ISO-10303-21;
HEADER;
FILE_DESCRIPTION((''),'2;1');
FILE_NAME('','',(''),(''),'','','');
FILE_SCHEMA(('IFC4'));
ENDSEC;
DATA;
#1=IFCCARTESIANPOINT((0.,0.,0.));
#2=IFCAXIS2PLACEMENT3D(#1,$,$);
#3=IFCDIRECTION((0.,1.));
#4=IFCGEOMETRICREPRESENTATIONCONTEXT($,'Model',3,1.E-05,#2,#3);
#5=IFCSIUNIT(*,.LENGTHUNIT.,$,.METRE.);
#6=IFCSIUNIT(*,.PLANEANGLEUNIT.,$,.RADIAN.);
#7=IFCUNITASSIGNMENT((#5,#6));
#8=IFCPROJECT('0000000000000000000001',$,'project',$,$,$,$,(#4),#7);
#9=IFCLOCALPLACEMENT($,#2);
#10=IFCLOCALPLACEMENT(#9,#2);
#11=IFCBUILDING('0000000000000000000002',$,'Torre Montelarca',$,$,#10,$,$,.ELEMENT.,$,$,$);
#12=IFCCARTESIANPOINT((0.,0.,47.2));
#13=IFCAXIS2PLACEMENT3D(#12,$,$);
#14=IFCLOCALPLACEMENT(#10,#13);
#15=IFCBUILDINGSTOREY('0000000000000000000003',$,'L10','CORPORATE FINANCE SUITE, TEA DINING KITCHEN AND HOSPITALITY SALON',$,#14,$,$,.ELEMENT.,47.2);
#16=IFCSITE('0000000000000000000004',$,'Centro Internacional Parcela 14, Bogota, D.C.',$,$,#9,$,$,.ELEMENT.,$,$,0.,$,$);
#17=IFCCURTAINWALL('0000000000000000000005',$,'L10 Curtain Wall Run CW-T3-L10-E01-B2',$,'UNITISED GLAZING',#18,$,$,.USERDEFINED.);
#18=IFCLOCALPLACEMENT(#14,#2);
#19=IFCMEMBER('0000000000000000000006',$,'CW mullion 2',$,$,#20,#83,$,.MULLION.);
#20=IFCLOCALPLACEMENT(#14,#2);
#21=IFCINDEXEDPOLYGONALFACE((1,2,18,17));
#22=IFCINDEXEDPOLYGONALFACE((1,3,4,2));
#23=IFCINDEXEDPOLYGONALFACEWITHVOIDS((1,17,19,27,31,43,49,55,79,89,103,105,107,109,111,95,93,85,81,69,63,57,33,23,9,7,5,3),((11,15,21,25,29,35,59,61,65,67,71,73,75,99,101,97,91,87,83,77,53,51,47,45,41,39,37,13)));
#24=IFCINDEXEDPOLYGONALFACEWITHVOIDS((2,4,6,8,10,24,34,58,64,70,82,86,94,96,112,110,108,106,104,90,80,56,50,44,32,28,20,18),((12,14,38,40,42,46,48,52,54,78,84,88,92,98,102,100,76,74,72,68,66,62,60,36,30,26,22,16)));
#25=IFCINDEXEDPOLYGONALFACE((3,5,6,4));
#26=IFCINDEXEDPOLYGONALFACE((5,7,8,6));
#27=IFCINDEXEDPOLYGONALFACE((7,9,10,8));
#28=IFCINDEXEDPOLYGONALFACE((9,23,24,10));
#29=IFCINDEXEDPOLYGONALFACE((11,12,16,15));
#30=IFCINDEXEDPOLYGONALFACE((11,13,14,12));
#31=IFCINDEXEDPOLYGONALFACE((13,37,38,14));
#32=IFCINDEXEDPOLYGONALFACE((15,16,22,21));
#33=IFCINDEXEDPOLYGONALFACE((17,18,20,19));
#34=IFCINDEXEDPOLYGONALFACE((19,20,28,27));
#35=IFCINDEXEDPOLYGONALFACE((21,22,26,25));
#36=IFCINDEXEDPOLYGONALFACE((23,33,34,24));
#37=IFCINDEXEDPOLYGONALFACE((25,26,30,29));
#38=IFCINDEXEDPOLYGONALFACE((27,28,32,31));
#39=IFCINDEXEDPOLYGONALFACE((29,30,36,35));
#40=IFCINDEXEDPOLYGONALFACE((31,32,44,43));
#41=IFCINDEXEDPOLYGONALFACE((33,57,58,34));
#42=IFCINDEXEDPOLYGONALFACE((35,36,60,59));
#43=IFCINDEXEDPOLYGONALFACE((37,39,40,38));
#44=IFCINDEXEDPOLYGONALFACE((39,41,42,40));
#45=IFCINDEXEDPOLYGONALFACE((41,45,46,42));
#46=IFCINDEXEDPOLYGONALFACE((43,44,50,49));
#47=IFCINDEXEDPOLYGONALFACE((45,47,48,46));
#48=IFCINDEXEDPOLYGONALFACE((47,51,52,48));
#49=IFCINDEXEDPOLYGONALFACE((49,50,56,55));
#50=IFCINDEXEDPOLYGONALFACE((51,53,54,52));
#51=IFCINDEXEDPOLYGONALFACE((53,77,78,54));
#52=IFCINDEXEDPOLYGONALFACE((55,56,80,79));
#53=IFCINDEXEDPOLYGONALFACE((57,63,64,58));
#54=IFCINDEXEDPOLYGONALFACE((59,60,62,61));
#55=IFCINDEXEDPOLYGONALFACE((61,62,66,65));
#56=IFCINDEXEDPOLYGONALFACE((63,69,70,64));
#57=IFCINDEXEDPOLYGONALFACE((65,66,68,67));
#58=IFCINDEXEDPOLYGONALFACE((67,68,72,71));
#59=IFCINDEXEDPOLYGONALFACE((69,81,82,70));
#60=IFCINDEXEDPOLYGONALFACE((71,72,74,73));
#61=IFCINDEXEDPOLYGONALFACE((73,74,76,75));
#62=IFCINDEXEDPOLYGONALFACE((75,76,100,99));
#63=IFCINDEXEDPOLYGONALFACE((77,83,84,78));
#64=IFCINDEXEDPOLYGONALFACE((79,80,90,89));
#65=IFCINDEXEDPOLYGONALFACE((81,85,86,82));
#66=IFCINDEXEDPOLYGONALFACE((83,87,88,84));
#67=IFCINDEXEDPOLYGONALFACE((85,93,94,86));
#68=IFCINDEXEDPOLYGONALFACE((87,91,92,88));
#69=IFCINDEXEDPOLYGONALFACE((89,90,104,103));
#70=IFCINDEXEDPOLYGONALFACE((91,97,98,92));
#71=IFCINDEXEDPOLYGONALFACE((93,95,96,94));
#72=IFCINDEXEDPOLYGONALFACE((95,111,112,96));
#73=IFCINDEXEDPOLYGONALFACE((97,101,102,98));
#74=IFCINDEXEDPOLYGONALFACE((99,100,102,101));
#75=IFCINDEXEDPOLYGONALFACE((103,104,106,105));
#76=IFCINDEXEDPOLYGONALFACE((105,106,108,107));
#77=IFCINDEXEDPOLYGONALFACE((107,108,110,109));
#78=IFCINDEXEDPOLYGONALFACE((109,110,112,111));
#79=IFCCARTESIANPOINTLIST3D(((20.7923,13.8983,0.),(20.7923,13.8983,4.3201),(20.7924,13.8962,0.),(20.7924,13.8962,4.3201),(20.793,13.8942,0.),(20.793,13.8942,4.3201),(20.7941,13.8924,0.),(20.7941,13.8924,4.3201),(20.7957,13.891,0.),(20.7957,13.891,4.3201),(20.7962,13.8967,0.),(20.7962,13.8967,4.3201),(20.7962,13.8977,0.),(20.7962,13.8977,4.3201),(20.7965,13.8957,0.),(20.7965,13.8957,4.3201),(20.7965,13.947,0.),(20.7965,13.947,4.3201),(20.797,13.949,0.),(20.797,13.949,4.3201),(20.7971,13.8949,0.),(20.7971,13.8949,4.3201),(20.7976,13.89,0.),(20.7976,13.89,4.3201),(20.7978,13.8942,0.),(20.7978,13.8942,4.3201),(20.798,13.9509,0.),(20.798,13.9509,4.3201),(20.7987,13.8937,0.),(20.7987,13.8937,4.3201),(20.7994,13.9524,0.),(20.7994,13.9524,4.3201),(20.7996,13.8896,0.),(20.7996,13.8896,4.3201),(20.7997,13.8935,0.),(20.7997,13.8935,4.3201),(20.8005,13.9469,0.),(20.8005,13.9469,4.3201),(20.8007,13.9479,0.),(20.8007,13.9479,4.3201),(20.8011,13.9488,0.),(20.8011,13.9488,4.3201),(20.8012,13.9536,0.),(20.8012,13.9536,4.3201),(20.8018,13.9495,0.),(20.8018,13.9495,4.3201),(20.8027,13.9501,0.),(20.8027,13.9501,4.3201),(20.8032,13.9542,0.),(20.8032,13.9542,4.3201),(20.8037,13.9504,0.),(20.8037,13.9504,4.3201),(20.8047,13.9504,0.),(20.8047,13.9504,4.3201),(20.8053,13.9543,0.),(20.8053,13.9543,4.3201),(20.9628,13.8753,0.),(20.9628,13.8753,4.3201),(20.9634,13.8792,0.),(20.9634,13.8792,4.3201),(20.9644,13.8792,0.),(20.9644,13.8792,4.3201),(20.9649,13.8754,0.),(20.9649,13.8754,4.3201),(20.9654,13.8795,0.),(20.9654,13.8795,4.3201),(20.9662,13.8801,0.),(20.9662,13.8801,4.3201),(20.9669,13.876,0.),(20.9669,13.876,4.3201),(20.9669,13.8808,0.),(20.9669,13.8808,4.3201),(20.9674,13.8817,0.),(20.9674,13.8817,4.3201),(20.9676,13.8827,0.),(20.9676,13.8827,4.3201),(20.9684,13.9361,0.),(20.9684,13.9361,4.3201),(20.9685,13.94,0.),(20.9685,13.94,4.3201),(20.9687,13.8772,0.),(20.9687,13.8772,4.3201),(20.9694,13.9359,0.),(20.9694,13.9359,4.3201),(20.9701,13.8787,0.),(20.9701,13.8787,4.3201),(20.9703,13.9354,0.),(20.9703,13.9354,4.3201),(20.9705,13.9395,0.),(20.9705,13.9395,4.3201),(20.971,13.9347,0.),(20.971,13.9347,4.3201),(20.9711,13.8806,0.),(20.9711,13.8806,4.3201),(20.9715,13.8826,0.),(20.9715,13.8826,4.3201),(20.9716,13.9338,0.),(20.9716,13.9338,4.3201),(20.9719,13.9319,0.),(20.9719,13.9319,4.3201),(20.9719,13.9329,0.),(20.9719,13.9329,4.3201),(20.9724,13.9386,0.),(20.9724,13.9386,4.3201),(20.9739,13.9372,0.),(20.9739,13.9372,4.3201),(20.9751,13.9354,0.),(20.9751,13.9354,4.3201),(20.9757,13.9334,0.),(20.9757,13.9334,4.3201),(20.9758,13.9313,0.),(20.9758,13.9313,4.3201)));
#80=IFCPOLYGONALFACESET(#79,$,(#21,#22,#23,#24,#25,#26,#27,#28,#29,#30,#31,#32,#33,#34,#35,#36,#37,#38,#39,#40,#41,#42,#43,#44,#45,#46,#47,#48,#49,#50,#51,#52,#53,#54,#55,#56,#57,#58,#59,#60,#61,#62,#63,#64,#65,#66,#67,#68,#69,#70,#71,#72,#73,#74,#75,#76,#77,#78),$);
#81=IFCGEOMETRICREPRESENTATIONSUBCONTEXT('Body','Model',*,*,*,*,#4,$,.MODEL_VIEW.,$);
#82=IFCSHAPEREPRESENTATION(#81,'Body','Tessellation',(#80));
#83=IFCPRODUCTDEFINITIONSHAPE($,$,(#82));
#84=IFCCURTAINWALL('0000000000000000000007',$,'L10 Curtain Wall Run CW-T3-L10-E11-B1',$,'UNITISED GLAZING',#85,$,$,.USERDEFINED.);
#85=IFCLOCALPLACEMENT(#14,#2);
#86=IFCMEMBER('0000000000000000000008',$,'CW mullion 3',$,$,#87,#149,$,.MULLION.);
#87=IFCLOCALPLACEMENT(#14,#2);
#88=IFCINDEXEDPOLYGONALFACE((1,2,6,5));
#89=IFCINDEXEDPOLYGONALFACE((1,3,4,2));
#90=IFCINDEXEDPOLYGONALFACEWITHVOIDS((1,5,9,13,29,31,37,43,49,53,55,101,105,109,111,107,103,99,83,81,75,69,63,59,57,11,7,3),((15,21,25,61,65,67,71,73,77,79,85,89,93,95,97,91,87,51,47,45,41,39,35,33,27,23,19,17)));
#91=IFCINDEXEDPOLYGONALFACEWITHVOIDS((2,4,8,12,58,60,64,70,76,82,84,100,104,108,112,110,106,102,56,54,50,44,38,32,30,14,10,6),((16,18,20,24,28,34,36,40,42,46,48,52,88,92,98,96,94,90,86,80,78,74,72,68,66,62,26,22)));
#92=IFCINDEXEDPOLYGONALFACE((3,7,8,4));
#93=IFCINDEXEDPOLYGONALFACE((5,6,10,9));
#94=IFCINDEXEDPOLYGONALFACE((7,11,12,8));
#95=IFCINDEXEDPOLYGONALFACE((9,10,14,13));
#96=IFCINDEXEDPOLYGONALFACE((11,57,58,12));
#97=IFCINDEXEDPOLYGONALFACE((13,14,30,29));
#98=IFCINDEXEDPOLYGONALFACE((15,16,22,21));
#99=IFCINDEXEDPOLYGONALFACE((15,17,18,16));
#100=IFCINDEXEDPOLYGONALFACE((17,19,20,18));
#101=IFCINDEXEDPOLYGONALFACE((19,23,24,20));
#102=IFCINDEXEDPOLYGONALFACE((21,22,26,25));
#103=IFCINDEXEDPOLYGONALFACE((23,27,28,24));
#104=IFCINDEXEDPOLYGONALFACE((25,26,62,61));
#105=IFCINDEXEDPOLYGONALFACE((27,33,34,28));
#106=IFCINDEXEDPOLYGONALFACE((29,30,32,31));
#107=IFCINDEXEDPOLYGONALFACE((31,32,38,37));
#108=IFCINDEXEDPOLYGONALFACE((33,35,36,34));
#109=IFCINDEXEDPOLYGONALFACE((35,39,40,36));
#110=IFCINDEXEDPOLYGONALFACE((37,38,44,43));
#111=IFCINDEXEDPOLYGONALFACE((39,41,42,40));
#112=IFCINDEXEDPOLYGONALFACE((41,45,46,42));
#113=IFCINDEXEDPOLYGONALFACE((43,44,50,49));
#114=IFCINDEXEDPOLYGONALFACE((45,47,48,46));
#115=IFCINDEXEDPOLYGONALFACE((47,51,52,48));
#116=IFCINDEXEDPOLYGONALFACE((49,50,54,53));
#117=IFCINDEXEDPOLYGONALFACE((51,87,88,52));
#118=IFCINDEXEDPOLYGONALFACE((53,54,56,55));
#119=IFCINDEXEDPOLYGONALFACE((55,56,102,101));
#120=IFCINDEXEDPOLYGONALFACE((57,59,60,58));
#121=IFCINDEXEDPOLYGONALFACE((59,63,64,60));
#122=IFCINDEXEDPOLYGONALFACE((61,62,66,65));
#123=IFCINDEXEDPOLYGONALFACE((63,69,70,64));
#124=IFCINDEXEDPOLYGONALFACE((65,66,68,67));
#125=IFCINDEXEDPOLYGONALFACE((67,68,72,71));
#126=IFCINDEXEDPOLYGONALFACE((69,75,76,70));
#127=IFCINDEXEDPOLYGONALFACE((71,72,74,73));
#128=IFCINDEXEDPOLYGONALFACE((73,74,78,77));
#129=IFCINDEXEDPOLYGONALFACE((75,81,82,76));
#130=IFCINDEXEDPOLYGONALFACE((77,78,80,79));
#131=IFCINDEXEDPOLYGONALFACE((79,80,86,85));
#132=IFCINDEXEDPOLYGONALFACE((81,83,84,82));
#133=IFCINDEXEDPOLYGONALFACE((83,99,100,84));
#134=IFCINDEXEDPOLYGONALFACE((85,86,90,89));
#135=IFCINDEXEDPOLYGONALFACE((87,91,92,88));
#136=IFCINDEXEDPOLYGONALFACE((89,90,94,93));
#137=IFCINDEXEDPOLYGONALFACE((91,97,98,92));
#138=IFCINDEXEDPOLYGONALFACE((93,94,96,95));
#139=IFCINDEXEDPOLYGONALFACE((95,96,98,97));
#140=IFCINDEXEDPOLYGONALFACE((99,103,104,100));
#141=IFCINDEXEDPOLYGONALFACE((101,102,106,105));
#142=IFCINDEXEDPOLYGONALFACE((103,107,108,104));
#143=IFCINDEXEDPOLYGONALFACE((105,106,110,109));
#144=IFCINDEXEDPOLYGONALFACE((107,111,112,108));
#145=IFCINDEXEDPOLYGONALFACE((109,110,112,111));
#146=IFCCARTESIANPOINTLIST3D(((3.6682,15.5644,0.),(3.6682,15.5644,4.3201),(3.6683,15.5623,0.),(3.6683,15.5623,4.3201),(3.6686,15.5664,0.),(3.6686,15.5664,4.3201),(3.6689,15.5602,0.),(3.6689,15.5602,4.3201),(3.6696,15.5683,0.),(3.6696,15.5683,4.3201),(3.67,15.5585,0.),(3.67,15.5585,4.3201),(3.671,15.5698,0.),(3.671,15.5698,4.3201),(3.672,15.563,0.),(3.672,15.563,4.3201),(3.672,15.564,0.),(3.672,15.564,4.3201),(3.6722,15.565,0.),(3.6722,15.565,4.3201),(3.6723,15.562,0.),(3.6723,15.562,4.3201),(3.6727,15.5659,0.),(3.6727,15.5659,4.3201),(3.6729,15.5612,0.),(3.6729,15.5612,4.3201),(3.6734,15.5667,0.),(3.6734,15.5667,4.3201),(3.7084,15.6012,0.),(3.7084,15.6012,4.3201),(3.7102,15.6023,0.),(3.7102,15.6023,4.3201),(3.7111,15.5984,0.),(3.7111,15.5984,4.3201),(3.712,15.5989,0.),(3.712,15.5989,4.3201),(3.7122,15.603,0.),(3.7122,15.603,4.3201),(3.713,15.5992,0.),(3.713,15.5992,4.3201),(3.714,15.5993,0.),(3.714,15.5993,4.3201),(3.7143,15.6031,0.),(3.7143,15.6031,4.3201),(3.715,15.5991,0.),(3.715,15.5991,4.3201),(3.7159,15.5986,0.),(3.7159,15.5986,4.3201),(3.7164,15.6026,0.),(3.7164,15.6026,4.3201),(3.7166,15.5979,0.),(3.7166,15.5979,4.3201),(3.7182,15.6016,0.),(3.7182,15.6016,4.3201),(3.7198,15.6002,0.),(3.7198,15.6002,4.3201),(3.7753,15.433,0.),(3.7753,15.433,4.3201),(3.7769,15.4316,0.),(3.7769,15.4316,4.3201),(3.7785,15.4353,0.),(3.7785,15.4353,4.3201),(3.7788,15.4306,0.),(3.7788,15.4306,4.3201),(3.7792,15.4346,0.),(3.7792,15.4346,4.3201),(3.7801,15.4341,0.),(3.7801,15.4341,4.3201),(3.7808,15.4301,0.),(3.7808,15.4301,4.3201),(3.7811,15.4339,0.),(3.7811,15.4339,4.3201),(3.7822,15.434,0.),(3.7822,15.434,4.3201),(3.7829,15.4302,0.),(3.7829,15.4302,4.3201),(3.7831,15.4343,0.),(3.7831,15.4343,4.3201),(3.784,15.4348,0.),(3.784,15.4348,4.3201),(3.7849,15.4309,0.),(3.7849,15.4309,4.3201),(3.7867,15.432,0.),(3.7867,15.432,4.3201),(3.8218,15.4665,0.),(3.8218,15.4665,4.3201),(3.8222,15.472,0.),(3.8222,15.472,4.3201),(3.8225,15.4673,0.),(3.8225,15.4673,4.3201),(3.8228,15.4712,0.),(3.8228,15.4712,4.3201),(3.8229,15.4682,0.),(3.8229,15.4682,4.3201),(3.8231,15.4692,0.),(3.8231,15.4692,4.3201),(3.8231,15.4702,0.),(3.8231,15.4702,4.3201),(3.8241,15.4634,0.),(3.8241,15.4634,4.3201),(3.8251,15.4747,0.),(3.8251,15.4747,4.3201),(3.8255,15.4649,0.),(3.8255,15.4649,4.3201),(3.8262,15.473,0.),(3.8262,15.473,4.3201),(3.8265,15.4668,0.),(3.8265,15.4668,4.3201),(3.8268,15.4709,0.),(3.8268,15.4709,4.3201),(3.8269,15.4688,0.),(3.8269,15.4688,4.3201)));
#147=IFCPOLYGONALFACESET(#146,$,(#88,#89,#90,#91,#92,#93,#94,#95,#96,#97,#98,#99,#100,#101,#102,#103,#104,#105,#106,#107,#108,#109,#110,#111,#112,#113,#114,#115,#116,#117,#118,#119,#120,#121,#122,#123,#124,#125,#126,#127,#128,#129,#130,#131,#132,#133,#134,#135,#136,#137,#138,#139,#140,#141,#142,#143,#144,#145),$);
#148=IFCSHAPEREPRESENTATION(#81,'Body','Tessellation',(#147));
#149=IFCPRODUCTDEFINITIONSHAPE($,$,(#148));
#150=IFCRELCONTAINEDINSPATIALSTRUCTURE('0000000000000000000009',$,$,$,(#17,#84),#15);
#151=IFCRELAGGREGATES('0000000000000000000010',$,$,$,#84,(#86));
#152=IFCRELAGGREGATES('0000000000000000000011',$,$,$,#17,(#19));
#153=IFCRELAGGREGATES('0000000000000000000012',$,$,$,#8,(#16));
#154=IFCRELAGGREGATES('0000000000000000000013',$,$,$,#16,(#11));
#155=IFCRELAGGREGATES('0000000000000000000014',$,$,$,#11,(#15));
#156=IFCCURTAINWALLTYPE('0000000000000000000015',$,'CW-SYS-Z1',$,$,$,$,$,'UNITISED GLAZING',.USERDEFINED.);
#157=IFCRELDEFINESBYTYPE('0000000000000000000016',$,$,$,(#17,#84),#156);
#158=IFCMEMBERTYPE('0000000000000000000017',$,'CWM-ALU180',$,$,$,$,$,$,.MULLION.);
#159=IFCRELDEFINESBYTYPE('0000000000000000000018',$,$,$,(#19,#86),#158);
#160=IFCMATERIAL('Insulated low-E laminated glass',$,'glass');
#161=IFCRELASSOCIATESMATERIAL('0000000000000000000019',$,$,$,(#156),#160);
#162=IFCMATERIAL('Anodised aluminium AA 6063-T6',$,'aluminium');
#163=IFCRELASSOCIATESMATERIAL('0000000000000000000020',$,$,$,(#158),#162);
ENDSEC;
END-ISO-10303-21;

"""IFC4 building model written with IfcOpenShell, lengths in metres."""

from ifc_helpers import new_model, si_unit, direction, frame, origin, origin_2d, place, context, subcontext, project, spatial, hollow_rectangle, extrude, source, transform, mapped, material, material_profile, profile_set, type_object, element, aggregate, save


model = new_model("IFC4")

# Units and contexts
model_context = context("Model", 3, precision=1e-05, world=origin(), true_north=direction((0.0, 1.0)))
body_context = subcontext(model_context, "Body", "Model", "MODEL_VIEW")
ifc_project = project(units=[si_unit("LENGTHUNIT", "METRE"), si_unit("PLANEANGLEUNIT", "RADIAN")], contexts=[model_context])

# Site, building, storey
site_placement = place(None, origin())
site = spatial("IfcSite", under=ifc_project, at=site_placement, Name="Centro Internacional Parcela 14, Bogota, D.C.", CompositionType="ELEMENT", RefElevation=0.0)
building_placement = place(site_placement, origin())
building = spatial("IfcBuilding", under=site, at=building_placement, Name="Torre Montelarca", CompositionType="ELEMENT")
storey_placement = place(building_placement, frame((0.0, 0.0, 47.2)))
storey = spatial("IfcBuildingStorey", under=building, at=storey_placement, Name="L10", Description="CORPORATE FINANCE SUITE, TEA DINING KITCHEN AND HOSPITALITY SALON", CompositionType="ELEMENT", Elevation=47.2)

# Curtain wall, member
ifc_material_1 = material(Name="Insulated low-E laminated glass", Category="glass")
curtain_wall_type = type_object("IfcCurtainWallType", Name="CW-SYS-Z1", ElementType="UNITISED GLAZING", PredefinedType="USERDEFINED", material=ifc_material_1)
ifc_material_2 = material(Name="Anodised aluminium AA 6063-T6", Category="aluminium")
ifc_material_profile_1 = material_profile(ifc_material_2, hollow_rectangle(XDim=0.0649, YDim=0.1799, WallThickness=0.0039, InnerFilletRadius=0.0039, OuterFilletRadius=0.0081, at=origin_2d()), Name="ALU65X180X4", Category="aluminium")
ifc_profile_set_1 = profile_set([ifc_material_profile_1], Name="Anodised aluminium AA 6063-T6")
member_type_1 = type_object("IfcMemberType", Name="CWM-ALU180", PredefinedType="MULLION", material=ifc_profile_set_1)
shared_shape_1 = source(origin(), body_context, "Body", "SweptSolid", [
    extrude(hollow_rectangle(XDim=0.0649, YDim=0.1799, WallThickness=0.0039, InnerFilletRadius=0.0039, OuterFilletRadius=0.0081, at=origin_2d()), origin(), (0.0, 0.0, 1.0), 4.3201),
])
curtain_wall_1_placement = place(storey_placement, origin())
curtain_wall_1 = element("IfcCurtainWall", 1, at=curtain_wall_1_placement, inside=storey, type_object=curtain_wall_type, Name="L10 Curtain Wall Run CW-T3-L10-E01-B2", ObjectType="UNITISED GLAZING", PredefinedType="USERDEFINED")
member_1_placement = place(storey_placement, frame((20.884, 13.9148, 0.0), z_axis=(0.0, 0.0, 1.0), x_axis=(0.087171, 0.996193, 0.0)))
member_1 = element("IfcMember", 2, at=member_1_placement, type_object=member_type_1, Name="CW mullion 2", PredefinedType="MULLION", context=body_context, shape_type="MappedRepresentation", body=[
    mapped(shared_shape_1, transform((0.0, 0.0, 0.0), scale=1.0)),
])

# Curtain wall, member
curtain_wall_2_placement = place(storey_placement, origin())
curtain_wall_2 = element("IfcCurtainWall", 3, at=curtain_wall_2_placement, inside=storey, type_object=curtain_wall_type, Name="L10 Curtain Wall Run CW-T3-L10-E11-B1", ObjectType="UNITISED GLAZING", PredefinedType="USERDEFINED")
member_2_placement = place(storey_placement, frame((3.7476, 15.5166, 0.0), z_axis=(0.0, 0.0, 1.0), x_axis=(0.766043, 0.64279, 0.0)))
member_2 = element("IfcMember", 4, at=member_2_placement, type_object=member_type_1, Name="CW mullion 3", PredefinedType="MULLION", context=body_context, shape_type="MappedRepresentation", body=[
    mapped(shared_shape_1, transform((0.0, 0.0, 0.0), scale=1.0)),
])

aggregate(curtain_wall_2, [member_2])
aggregate(curtain_wall_1, [member_1])

save(model, "model.ifc")
